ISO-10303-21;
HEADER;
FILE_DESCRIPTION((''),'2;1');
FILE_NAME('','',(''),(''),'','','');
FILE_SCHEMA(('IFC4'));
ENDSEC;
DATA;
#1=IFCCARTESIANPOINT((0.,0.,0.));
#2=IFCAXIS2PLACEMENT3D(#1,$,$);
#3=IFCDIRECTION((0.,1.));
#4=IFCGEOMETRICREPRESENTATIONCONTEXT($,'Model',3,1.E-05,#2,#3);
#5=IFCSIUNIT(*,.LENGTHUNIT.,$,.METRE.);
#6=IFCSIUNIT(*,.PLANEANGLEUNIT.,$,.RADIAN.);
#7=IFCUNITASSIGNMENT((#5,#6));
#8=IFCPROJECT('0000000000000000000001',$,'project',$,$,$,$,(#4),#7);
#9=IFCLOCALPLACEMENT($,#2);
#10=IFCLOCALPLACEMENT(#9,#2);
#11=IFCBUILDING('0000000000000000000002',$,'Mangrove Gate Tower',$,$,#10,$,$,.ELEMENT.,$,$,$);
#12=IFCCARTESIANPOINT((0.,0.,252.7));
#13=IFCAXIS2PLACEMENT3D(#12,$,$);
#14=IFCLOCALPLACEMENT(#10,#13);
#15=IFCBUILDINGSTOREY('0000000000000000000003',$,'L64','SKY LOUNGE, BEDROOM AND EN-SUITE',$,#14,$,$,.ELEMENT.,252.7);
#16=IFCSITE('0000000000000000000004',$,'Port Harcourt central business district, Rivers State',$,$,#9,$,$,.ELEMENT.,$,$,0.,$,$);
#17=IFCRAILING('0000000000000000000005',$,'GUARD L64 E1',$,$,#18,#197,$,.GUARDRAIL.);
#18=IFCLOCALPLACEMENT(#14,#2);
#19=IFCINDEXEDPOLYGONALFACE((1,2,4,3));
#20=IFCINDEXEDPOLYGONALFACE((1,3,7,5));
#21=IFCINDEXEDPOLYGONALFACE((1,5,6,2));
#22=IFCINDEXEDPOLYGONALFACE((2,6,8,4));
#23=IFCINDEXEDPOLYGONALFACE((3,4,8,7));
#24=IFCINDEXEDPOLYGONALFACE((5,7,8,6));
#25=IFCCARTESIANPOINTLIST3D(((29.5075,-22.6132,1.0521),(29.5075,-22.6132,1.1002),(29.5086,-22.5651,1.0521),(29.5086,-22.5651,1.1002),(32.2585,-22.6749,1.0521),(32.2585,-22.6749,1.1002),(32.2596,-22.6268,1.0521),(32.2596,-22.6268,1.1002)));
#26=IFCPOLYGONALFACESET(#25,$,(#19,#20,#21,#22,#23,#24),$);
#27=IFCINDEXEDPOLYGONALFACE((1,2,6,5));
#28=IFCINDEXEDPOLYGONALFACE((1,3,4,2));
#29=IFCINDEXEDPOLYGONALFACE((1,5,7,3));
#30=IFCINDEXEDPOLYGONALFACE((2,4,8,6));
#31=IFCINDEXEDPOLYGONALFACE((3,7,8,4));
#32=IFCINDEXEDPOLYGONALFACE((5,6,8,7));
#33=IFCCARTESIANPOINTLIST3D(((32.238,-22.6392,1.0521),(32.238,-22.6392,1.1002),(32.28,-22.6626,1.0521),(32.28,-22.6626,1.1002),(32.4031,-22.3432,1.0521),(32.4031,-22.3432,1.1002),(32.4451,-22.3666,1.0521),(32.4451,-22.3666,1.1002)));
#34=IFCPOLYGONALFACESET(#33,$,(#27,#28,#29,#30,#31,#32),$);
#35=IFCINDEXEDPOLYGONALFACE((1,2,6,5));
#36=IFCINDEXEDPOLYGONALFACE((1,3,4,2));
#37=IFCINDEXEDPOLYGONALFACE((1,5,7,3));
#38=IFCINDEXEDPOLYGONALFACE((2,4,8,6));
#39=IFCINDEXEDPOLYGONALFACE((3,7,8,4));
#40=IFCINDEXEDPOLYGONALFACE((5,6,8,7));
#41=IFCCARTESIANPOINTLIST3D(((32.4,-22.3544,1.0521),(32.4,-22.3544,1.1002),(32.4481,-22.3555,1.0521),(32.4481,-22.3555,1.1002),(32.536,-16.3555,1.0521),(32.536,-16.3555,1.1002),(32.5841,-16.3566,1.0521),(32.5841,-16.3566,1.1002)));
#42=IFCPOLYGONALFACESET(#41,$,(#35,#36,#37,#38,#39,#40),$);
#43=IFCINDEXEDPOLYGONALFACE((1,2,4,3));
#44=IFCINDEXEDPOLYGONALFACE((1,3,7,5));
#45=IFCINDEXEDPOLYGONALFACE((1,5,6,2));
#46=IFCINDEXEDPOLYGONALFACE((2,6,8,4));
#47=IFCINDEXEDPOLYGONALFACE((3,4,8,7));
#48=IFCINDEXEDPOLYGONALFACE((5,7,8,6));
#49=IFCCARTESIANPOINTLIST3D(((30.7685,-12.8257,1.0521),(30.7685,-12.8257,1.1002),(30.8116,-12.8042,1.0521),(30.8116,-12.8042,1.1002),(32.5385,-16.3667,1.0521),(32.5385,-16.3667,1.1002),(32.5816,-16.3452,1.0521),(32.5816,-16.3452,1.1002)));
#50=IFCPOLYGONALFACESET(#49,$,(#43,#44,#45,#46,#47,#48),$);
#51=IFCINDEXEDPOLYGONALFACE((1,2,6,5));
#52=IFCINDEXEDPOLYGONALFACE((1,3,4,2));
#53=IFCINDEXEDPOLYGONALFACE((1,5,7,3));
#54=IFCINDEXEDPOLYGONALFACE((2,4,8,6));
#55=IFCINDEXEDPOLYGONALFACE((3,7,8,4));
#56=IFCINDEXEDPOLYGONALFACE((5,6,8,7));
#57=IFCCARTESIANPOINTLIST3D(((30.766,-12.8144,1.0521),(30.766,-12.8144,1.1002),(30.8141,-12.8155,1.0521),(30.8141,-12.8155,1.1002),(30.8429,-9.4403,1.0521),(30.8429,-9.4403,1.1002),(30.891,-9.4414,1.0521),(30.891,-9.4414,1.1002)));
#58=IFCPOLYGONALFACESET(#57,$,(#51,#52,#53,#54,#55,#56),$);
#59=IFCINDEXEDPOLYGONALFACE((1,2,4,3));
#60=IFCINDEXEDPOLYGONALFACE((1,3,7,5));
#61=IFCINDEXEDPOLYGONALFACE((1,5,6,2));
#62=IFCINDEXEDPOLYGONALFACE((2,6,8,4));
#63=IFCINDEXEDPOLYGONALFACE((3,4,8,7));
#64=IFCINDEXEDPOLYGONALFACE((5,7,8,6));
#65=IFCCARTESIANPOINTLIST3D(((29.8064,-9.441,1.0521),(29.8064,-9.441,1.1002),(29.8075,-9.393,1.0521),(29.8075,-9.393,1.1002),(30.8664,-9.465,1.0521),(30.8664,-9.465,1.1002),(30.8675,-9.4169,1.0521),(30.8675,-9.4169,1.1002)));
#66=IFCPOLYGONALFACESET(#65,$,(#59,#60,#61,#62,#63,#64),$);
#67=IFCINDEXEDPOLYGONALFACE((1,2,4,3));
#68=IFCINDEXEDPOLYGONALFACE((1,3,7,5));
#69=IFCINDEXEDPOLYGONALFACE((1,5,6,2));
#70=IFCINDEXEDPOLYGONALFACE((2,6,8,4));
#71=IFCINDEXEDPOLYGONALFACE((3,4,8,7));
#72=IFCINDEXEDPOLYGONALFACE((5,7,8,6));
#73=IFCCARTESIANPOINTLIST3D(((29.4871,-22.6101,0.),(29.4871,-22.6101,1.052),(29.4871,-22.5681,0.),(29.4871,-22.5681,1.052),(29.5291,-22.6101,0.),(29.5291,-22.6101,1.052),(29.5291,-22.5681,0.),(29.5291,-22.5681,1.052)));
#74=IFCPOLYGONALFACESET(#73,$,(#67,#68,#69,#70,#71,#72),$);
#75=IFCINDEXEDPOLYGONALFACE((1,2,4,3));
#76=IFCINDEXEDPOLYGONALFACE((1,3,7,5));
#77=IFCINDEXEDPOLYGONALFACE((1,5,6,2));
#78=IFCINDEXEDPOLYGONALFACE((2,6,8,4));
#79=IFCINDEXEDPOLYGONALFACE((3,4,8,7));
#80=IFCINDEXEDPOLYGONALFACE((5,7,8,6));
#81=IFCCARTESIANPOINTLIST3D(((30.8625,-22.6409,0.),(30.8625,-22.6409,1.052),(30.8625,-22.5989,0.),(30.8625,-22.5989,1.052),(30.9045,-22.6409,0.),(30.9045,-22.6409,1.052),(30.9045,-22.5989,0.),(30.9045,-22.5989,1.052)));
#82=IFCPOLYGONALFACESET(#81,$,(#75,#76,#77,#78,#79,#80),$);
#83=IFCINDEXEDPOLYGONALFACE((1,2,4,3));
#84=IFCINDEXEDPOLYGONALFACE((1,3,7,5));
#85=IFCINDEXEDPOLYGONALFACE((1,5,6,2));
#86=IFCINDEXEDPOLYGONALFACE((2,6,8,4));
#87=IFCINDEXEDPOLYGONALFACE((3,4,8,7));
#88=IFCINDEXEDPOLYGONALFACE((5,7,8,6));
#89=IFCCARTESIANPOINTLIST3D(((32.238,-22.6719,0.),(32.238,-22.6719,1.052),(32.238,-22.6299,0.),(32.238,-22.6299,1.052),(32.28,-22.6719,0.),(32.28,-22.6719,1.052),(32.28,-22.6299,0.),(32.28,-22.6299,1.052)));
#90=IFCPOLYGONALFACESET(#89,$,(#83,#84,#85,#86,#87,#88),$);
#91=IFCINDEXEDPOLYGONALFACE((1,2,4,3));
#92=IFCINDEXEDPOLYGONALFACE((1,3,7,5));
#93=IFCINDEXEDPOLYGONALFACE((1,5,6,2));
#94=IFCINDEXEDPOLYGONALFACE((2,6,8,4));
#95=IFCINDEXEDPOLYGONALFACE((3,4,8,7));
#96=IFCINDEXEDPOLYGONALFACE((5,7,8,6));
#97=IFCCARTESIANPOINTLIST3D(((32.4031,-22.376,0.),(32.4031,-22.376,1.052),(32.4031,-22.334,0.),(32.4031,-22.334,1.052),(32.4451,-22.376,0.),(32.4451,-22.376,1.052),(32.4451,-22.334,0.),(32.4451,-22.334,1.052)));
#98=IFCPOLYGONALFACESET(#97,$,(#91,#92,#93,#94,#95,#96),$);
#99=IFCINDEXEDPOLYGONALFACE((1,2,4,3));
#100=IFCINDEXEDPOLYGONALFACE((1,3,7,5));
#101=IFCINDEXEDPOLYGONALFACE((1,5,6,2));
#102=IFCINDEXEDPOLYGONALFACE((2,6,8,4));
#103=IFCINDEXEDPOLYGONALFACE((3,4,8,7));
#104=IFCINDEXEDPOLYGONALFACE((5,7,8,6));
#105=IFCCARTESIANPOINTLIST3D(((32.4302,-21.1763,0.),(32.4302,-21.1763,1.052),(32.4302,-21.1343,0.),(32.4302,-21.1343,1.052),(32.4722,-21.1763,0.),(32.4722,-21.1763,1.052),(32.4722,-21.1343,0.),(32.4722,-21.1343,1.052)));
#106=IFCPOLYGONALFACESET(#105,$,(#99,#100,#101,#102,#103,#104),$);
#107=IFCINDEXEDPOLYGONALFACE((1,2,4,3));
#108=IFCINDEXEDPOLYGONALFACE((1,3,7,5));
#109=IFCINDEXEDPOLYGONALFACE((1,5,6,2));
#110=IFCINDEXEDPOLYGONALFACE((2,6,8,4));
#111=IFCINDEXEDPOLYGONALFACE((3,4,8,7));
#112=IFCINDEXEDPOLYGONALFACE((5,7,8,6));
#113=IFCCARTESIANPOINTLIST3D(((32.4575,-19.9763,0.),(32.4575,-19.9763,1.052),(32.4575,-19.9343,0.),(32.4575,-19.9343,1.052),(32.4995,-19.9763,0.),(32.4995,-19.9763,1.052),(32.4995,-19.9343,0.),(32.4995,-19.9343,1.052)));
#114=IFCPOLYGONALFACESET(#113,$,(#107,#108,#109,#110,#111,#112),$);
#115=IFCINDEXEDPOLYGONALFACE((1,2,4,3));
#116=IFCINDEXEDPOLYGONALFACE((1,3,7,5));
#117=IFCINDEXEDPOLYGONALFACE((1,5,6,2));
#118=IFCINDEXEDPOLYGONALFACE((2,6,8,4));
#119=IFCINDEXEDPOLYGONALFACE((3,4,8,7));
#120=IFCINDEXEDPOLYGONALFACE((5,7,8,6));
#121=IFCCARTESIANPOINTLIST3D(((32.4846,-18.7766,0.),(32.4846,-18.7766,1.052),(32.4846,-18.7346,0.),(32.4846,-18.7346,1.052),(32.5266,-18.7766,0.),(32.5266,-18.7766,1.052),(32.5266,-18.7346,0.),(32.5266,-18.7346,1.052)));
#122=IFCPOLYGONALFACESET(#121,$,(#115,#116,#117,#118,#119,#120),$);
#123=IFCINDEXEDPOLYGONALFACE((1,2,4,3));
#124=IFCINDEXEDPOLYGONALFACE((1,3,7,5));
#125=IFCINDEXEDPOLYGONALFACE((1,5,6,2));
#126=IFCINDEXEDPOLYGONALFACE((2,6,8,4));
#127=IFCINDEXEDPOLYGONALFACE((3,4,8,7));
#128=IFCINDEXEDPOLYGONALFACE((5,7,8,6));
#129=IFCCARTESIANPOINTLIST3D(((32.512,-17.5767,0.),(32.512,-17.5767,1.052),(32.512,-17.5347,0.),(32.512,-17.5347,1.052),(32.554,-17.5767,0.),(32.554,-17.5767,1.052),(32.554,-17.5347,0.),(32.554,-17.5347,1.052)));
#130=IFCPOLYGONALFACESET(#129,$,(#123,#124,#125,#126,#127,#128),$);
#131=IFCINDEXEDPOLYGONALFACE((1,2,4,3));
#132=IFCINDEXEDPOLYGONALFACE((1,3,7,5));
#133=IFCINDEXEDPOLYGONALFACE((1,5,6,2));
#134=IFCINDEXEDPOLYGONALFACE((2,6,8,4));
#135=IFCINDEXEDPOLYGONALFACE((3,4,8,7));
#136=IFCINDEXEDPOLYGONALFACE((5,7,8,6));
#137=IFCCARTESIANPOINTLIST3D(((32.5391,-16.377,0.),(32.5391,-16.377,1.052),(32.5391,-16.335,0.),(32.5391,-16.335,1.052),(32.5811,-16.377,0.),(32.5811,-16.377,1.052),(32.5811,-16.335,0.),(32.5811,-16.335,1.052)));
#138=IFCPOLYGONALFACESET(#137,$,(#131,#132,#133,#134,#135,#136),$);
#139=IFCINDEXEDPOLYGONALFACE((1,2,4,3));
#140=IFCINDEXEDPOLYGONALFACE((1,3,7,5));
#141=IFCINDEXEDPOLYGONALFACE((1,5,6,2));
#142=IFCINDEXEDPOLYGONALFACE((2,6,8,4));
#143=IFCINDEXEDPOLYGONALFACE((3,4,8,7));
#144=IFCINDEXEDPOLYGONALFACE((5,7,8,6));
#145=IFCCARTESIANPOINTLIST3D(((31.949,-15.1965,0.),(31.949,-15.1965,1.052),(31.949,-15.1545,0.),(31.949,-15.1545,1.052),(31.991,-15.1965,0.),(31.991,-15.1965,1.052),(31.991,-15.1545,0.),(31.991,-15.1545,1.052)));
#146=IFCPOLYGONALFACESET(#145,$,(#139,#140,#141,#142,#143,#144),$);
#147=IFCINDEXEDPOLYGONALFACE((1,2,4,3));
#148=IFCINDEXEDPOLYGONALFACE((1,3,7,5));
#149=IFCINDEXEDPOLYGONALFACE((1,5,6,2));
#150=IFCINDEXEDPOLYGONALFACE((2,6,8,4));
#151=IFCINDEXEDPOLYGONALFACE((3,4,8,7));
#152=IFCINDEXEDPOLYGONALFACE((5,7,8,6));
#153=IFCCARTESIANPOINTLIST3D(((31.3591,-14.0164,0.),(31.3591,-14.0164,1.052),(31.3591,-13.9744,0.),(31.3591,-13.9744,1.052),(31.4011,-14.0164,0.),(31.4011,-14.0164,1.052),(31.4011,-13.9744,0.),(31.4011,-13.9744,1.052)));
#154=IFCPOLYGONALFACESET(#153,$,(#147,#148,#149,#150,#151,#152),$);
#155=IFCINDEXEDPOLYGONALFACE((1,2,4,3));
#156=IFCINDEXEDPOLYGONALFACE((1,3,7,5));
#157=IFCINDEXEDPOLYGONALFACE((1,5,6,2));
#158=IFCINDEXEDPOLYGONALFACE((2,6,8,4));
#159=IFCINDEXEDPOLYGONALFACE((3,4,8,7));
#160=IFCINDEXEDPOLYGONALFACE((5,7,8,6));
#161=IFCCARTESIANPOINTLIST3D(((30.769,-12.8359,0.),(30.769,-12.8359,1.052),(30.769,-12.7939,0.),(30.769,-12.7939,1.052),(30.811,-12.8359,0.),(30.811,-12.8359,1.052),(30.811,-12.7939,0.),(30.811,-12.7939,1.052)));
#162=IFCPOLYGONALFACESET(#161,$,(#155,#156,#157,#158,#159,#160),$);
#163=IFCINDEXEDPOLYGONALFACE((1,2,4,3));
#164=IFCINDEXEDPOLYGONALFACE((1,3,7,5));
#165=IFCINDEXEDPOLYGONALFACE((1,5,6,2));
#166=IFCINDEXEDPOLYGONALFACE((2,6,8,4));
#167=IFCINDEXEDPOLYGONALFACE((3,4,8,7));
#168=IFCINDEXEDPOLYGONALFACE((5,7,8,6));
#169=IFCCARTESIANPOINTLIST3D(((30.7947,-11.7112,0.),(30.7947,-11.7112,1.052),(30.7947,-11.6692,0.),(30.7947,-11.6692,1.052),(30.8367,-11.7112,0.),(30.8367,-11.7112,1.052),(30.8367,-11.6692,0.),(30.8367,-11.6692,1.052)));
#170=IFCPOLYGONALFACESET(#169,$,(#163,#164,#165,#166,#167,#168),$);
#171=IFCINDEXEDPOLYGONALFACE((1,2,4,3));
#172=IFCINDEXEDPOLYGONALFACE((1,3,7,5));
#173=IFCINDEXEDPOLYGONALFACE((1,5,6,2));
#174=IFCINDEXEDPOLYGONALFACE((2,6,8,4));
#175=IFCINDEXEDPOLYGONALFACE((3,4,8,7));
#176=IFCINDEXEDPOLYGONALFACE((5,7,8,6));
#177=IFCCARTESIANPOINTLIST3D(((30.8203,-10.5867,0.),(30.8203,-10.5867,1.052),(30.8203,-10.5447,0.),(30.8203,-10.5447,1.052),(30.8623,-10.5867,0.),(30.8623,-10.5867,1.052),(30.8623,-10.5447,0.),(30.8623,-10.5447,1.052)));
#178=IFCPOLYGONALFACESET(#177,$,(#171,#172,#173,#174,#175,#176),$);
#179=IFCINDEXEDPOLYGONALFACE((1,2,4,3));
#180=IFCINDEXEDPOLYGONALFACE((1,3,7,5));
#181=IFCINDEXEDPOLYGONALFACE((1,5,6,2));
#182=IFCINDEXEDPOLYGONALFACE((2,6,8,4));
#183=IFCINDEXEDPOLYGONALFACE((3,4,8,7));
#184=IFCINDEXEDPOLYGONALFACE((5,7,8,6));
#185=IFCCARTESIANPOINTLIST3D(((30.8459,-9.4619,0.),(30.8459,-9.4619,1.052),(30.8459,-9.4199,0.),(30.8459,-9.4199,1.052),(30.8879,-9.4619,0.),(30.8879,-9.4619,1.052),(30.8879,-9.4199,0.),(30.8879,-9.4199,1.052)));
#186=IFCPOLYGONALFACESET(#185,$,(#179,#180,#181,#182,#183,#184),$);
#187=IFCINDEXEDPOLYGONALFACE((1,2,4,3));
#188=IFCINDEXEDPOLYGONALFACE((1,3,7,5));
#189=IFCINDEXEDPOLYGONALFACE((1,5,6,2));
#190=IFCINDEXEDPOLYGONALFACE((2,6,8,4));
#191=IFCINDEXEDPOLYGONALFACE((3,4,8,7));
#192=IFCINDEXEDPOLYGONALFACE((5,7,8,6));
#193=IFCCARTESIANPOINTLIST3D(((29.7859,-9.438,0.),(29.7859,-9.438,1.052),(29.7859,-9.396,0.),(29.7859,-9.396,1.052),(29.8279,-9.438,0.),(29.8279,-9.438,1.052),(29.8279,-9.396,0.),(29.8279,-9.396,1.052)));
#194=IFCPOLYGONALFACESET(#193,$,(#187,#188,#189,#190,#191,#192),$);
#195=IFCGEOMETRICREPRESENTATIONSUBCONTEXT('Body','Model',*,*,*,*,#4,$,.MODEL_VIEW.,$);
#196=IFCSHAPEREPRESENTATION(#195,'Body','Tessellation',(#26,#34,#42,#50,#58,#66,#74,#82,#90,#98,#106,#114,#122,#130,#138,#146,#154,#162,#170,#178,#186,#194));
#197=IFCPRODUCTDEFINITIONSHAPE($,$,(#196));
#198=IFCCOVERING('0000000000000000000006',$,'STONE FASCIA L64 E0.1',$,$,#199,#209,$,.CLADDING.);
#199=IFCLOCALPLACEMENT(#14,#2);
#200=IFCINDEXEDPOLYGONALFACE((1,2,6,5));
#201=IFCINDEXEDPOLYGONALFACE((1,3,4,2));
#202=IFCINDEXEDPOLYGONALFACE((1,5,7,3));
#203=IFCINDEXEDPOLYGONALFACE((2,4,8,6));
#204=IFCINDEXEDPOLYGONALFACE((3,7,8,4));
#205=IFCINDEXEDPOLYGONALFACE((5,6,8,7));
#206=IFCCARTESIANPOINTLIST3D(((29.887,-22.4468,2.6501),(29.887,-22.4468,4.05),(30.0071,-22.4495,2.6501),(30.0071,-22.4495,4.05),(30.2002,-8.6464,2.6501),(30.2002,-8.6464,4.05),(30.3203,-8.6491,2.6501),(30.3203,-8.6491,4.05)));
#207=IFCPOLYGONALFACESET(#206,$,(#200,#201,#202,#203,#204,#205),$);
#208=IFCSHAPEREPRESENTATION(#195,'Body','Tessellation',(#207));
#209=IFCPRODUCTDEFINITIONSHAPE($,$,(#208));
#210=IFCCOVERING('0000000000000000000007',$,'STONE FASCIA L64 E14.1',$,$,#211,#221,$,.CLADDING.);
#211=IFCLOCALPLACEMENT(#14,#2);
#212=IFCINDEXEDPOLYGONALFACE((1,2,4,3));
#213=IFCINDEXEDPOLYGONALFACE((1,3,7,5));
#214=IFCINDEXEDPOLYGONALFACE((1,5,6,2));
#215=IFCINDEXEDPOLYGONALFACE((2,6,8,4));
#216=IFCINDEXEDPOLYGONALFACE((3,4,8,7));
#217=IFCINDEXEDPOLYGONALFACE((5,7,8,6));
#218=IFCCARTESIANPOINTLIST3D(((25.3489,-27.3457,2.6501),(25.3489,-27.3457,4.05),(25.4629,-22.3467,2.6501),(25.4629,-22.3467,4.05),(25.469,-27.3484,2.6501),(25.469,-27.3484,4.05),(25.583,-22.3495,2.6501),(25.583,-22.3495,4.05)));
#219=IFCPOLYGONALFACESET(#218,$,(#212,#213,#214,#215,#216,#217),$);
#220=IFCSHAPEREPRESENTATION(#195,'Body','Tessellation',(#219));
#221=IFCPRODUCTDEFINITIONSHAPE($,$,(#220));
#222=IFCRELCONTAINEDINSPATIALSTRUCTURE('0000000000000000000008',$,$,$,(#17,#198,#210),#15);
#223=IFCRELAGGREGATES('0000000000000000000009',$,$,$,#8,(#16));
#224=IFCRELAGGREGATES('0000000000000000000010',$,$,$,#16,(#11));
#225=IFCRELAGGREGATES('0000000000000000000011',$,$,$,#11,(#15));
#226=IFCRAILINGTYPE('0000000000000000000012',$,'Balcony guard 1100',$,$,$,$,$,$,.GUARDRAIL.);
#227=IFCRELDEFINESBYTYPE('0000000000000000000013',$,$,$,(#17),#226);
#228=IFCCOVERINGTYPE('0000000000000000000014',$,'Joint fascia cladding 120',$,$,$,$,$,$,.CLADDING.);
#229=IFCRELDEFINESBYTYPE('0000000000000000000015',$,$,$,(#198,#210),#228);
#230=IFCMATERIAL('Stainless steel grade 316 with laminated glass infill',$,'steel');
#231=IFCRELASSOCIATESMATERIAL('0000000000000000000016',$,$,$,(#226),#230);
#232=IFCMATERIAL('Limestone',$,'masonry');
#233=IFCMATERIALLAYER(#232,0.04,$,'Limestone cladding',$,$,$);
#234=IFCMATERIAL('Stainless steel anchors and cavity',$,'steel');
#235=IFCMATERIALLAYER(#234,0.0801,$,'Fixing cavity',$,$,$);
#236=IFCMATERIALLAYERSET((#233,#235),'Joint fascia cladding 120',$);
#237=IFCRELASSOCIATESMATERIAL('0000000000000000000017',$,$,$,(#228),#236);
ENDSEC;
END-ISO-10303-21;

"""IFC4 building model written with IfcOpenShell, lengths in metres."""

from ifc_helpers import new_model, si_unit, direction, frame, frame_2d, origin, origin_2d, place, context, subcontext, project, spatial, rectangle, extrude, material, layer, layer_set, type_object, element, save


model = new_model("IFC4")

# Units and contexts
model_context = context("Model", 3, precision=1e-05, world=origin(), true_north=direction((0.0, 1.0)))
body_context = subcontext(model_context, "Body", "Model", "MODEL_VIEW")
ifc_project = project(units=[si_unit("LENGTHUNIT", "METRE"), si_unit("PLANEANGLEUNIT", "RADIAN")], contexts=[model_context])

# Site, building, storey
site_placement = place(None, origin())
site = spatial("IfcSite", under=ifc_project, at=site_placement, Name="Port Harcourt central business district, Rivers State", CompositionType="ELEMENT", RefElevation=0.0)
building_placement = place(site_placement, origin())
building = spatial("IfcBuilding", under=site, at=building_placement, Name="Mangrove Gate Tower", CompositionType="ELEMENT")
storey_placement = place(building_placement, frame((0.0, 0.0, 252.7)))
storey = spatial("IfcBuildingStorey", under=building, at=storey_placement, Name="L64", Description="SKY LOUNGE, BEDROOM AND EN-SUITE", CompositionType="ELEMENT", Elevation=252.7)

# Shared definitions
ifc_material_1 = material(Name="Limestone", Category="masonry")

# Railing
ifc_material_2 = material(Name="Stainless steel grade 316 with laminated glass infill", Category="steel")
railing_type = type_object("IfcRailingType", Name="Balcony guard 1100", PredefinedType="GUARDRAIL", material=ifc_material_2)
railing_placement = place(storey_placement, frame((29.5081, -22.5891, 0.0)))
element("IfcRailing", 1, at=railing_placement, inside=storey, type_object=railing_type, Name="GUARD L64 E1", PredefinedType="GUARDRAIL", context=body_context, shape_type="SweptSolid", body=[
    extrude(rectangle(XDim=0.0481, YDim=0.0481, at=origin_2d()), frame((0.0, 0.0, 1.0762), z_axis=(0.999748, -0.022447, 0.0), x_axis=(0.022447, 0.999748, 0.0)), (0.0, 0.0, 1.0), 2.7517),
    extrude(rectangle(XDim=0.0481, YDim=0.0481, at=origin_2d()), frame((2.751, -0.0618, 1.0762), z_axis=(0.487111, 0.87334, 0.0), x_axis=(-0.87334, 0.487111, 0.0)), (0.0, 0.0, 1.0), 0.3389),
    extrude(rectangle(XDim=0.0481, YDim=0.0481, at=origin_2d()), frame((2.916, 0.2341, 1.0762), z_axis=(0.022662, 0.999743, 0.0), x_axis=(-0.999743, 0.022662, 0.0)), (0.0, 0.0, 1.0), 6.0005),
    extrude(rectangle(XDim=0.0481, YDim=0.0481, at=origin_2d()), frame((3.052, 6.2332, 1.0762), z_axis=(-0.447115, 0.894477, 0.0), x_axis=(-0.894477, -0.447115, 0.0)), (0.0, 0.0, 1.0), 3.9587),
    extrude(rectangle(XDim=0.0481, YDim=0.0481, at=origin_2d()), frame((1.282, 9.7742, 1.0762), z_axis=(0.022787, 0.99974, 0.0), x_axis=(-0.99974, 0.022787, 0.0)), (0.0, 0.0, 1.0), 3.375),
    extrude(rectangle(XDim=0.0481, YDim=0.0481, at=origin_2d()), frame((1.3589, 13.1482, 1.0762), z_axis=(-0.999745, 0.022564, 0.0), x_axis=(-0.022564, -0.999745, 0.0)), (0.0, 0.0, 1.0), 1.0603),
    extrude(rectangle(XDim=0.042, YDim=0.042, at=origin_2d()), origin(), (0.0, 0.0, 1.0), 1.052),
    extrude(rectangle(XDim=0.042, YDim=0.042, at=origin_2d()), frame((1.3755, -0.0308, 0.0)), (0.0, 0.0, 1.0), 1.052),
    extrude(rectangle(XDim=0.042, YDim=0.042, at=origin_2d()), frame((2.751, -0.0618, 0.0)), (0.0, 0.0, 1.0), 1.052),
    extrude(rectangle(XDim=0.042, YDim=0.042, at=origin_2d()), frame((2.916, 0.2341, 0.0)), (0.0, 0.0, 1.0), 1.052),
    extrude(rectangle(XDim=0.042, YDim=0.042, at=origin_2d()), frame((2.9431, 1.4338, 0.0)), (0.0, 0.0, 1.0), 1.052),
    extrude(rectangle(XDim=0.042, YDim=0.042, at=origin_2d()), frame((2.9705, 2.6338, 0.0)), (0.0, 0.0, 1.0), 1.052),
    extrude(rectangle(XDim=0.042, YDim=0.042, at=origin_2d()), frame((2.9976, 3.8335, 0.0)), (0.0, 0.0, 1.0), 1.052),
    extrude(rectangle(XDim=0.042, YDim=0.042, at=origin_2d()), frame((3.0249, 5.0334, 0.0)), (0.0, 0.0, 1.0), 1.052),
    extrude(rectangle(XDim=0.042, YDim=0.042, at=origin_2d()), frame((3.052, 6.2332, 0.0)), (0.0, 0.0, 1.0), 1.052),
    extrude(rectangle(XDim=0.042, YDim=0.042, at=origin_2d()), frame((2.4619, 7.4136, 0.0)), (0.0, 0.0, 1.0), 1.052),
    extrude(rectangle(XDim=0.042, YDim=0.042, at=origin_2d()), frame((1.8721, 8.5938, 0.0)), (0.0, 0.0, 1.0), 1.052),
    extrude(rectangle(XDim=0.042, YDim=0.042, at=origin_2d()), frame((1.282, 9.7742, 0.0)), (0.0, 0.0, 1.0), 1.052),
    extrude(rectangle(XDim=0.042, YDim=0.042, at=origin_2d()), frame((1.3076, 10.8989, 0.0)), (0.0, 0.0, 1.0), 1.052),
    extrude(rectangle(XDim=0.042, YDim=0.042, at=origin_2d()), frame((1.3333, 12.0234, 0.0)), (0.0, 0.0, 1.0), 1.052),
    extrude(rectangle(XDim=0.042, YDim=0.042, at=origin_2d()), frame((1.3589, 13.1482, 0.0)), (0.0, 0.0, 1.0), 1.052),
    extrude(rectangle(XDim=0.042, YDim=0.042, at=origin_2d()), frame((0.2988, 13.1721, 0.0)), (0.0, 0.0, 1.0), 1.052),
])

# Coverings
ifc_layer_1 = layer(ifc_material_1, 0.04, Name="Limestone cladding")
ifc_material_3 = material(Name="Stainless steel anchors and cavity", Category="steel")
ifc_layer_2 = layer(ifc_material_3, 0.0801, Name="Fixing cavity")
ifc_layer_set_1 = layer_set([ifc_layer_1, ifc_layer_2], Name="Joint fascia cladding 120")
covering_type = type_object("IfcCoveringType", Name="Joint fascia cladding 120", PredefinedType="CLADDING", material=ifc_layer_set_1)
covering_1_placement = place(storey_placement, frame((29.947, -22.448, 2.6501), z_axis=(0.0, 0.0, 1.0), x_axis=(0.022692, 0.999743, 0.0)))
element("IfcCovering", 2, at=covering_1_placement, inside=storey, type_object=covering_type, Name="STONE FASCIA L64 E0.1", PredefinedType="CLADDING", context=body_context, shape_type="SweptSolid", body=[
    extrude(rectangle(XDim=13.804, YDim=0.1201, at=frame_2d((6.9019, 0.0))), origin(), (0.0, 0.0, 1.0), 1.3999),
])
covering_2_placement = place(storey_placement, frame((25.4089, -27.3469, 2.6501), z_axis=(0.0, 0.0, 1.0), x_axis=(0.022801, 0.99974, 0.0)))
element("IfcCovering", 3, at=covering_2_placement, inside=storey, type_object=covering_type, Name="STONE FASCIA L64 E14.1", PredefinedType="CLADDING", context=body_context, shape_type="SweptSolid", body=[
    extrude(rectangle(XDim=5.0002, YDim=0.1201, at=frame_2d((2.5, 0.0))), origin(), (0.0, 0.0, 1.0), 1.3999),
])

save(model, "model.ifc")
